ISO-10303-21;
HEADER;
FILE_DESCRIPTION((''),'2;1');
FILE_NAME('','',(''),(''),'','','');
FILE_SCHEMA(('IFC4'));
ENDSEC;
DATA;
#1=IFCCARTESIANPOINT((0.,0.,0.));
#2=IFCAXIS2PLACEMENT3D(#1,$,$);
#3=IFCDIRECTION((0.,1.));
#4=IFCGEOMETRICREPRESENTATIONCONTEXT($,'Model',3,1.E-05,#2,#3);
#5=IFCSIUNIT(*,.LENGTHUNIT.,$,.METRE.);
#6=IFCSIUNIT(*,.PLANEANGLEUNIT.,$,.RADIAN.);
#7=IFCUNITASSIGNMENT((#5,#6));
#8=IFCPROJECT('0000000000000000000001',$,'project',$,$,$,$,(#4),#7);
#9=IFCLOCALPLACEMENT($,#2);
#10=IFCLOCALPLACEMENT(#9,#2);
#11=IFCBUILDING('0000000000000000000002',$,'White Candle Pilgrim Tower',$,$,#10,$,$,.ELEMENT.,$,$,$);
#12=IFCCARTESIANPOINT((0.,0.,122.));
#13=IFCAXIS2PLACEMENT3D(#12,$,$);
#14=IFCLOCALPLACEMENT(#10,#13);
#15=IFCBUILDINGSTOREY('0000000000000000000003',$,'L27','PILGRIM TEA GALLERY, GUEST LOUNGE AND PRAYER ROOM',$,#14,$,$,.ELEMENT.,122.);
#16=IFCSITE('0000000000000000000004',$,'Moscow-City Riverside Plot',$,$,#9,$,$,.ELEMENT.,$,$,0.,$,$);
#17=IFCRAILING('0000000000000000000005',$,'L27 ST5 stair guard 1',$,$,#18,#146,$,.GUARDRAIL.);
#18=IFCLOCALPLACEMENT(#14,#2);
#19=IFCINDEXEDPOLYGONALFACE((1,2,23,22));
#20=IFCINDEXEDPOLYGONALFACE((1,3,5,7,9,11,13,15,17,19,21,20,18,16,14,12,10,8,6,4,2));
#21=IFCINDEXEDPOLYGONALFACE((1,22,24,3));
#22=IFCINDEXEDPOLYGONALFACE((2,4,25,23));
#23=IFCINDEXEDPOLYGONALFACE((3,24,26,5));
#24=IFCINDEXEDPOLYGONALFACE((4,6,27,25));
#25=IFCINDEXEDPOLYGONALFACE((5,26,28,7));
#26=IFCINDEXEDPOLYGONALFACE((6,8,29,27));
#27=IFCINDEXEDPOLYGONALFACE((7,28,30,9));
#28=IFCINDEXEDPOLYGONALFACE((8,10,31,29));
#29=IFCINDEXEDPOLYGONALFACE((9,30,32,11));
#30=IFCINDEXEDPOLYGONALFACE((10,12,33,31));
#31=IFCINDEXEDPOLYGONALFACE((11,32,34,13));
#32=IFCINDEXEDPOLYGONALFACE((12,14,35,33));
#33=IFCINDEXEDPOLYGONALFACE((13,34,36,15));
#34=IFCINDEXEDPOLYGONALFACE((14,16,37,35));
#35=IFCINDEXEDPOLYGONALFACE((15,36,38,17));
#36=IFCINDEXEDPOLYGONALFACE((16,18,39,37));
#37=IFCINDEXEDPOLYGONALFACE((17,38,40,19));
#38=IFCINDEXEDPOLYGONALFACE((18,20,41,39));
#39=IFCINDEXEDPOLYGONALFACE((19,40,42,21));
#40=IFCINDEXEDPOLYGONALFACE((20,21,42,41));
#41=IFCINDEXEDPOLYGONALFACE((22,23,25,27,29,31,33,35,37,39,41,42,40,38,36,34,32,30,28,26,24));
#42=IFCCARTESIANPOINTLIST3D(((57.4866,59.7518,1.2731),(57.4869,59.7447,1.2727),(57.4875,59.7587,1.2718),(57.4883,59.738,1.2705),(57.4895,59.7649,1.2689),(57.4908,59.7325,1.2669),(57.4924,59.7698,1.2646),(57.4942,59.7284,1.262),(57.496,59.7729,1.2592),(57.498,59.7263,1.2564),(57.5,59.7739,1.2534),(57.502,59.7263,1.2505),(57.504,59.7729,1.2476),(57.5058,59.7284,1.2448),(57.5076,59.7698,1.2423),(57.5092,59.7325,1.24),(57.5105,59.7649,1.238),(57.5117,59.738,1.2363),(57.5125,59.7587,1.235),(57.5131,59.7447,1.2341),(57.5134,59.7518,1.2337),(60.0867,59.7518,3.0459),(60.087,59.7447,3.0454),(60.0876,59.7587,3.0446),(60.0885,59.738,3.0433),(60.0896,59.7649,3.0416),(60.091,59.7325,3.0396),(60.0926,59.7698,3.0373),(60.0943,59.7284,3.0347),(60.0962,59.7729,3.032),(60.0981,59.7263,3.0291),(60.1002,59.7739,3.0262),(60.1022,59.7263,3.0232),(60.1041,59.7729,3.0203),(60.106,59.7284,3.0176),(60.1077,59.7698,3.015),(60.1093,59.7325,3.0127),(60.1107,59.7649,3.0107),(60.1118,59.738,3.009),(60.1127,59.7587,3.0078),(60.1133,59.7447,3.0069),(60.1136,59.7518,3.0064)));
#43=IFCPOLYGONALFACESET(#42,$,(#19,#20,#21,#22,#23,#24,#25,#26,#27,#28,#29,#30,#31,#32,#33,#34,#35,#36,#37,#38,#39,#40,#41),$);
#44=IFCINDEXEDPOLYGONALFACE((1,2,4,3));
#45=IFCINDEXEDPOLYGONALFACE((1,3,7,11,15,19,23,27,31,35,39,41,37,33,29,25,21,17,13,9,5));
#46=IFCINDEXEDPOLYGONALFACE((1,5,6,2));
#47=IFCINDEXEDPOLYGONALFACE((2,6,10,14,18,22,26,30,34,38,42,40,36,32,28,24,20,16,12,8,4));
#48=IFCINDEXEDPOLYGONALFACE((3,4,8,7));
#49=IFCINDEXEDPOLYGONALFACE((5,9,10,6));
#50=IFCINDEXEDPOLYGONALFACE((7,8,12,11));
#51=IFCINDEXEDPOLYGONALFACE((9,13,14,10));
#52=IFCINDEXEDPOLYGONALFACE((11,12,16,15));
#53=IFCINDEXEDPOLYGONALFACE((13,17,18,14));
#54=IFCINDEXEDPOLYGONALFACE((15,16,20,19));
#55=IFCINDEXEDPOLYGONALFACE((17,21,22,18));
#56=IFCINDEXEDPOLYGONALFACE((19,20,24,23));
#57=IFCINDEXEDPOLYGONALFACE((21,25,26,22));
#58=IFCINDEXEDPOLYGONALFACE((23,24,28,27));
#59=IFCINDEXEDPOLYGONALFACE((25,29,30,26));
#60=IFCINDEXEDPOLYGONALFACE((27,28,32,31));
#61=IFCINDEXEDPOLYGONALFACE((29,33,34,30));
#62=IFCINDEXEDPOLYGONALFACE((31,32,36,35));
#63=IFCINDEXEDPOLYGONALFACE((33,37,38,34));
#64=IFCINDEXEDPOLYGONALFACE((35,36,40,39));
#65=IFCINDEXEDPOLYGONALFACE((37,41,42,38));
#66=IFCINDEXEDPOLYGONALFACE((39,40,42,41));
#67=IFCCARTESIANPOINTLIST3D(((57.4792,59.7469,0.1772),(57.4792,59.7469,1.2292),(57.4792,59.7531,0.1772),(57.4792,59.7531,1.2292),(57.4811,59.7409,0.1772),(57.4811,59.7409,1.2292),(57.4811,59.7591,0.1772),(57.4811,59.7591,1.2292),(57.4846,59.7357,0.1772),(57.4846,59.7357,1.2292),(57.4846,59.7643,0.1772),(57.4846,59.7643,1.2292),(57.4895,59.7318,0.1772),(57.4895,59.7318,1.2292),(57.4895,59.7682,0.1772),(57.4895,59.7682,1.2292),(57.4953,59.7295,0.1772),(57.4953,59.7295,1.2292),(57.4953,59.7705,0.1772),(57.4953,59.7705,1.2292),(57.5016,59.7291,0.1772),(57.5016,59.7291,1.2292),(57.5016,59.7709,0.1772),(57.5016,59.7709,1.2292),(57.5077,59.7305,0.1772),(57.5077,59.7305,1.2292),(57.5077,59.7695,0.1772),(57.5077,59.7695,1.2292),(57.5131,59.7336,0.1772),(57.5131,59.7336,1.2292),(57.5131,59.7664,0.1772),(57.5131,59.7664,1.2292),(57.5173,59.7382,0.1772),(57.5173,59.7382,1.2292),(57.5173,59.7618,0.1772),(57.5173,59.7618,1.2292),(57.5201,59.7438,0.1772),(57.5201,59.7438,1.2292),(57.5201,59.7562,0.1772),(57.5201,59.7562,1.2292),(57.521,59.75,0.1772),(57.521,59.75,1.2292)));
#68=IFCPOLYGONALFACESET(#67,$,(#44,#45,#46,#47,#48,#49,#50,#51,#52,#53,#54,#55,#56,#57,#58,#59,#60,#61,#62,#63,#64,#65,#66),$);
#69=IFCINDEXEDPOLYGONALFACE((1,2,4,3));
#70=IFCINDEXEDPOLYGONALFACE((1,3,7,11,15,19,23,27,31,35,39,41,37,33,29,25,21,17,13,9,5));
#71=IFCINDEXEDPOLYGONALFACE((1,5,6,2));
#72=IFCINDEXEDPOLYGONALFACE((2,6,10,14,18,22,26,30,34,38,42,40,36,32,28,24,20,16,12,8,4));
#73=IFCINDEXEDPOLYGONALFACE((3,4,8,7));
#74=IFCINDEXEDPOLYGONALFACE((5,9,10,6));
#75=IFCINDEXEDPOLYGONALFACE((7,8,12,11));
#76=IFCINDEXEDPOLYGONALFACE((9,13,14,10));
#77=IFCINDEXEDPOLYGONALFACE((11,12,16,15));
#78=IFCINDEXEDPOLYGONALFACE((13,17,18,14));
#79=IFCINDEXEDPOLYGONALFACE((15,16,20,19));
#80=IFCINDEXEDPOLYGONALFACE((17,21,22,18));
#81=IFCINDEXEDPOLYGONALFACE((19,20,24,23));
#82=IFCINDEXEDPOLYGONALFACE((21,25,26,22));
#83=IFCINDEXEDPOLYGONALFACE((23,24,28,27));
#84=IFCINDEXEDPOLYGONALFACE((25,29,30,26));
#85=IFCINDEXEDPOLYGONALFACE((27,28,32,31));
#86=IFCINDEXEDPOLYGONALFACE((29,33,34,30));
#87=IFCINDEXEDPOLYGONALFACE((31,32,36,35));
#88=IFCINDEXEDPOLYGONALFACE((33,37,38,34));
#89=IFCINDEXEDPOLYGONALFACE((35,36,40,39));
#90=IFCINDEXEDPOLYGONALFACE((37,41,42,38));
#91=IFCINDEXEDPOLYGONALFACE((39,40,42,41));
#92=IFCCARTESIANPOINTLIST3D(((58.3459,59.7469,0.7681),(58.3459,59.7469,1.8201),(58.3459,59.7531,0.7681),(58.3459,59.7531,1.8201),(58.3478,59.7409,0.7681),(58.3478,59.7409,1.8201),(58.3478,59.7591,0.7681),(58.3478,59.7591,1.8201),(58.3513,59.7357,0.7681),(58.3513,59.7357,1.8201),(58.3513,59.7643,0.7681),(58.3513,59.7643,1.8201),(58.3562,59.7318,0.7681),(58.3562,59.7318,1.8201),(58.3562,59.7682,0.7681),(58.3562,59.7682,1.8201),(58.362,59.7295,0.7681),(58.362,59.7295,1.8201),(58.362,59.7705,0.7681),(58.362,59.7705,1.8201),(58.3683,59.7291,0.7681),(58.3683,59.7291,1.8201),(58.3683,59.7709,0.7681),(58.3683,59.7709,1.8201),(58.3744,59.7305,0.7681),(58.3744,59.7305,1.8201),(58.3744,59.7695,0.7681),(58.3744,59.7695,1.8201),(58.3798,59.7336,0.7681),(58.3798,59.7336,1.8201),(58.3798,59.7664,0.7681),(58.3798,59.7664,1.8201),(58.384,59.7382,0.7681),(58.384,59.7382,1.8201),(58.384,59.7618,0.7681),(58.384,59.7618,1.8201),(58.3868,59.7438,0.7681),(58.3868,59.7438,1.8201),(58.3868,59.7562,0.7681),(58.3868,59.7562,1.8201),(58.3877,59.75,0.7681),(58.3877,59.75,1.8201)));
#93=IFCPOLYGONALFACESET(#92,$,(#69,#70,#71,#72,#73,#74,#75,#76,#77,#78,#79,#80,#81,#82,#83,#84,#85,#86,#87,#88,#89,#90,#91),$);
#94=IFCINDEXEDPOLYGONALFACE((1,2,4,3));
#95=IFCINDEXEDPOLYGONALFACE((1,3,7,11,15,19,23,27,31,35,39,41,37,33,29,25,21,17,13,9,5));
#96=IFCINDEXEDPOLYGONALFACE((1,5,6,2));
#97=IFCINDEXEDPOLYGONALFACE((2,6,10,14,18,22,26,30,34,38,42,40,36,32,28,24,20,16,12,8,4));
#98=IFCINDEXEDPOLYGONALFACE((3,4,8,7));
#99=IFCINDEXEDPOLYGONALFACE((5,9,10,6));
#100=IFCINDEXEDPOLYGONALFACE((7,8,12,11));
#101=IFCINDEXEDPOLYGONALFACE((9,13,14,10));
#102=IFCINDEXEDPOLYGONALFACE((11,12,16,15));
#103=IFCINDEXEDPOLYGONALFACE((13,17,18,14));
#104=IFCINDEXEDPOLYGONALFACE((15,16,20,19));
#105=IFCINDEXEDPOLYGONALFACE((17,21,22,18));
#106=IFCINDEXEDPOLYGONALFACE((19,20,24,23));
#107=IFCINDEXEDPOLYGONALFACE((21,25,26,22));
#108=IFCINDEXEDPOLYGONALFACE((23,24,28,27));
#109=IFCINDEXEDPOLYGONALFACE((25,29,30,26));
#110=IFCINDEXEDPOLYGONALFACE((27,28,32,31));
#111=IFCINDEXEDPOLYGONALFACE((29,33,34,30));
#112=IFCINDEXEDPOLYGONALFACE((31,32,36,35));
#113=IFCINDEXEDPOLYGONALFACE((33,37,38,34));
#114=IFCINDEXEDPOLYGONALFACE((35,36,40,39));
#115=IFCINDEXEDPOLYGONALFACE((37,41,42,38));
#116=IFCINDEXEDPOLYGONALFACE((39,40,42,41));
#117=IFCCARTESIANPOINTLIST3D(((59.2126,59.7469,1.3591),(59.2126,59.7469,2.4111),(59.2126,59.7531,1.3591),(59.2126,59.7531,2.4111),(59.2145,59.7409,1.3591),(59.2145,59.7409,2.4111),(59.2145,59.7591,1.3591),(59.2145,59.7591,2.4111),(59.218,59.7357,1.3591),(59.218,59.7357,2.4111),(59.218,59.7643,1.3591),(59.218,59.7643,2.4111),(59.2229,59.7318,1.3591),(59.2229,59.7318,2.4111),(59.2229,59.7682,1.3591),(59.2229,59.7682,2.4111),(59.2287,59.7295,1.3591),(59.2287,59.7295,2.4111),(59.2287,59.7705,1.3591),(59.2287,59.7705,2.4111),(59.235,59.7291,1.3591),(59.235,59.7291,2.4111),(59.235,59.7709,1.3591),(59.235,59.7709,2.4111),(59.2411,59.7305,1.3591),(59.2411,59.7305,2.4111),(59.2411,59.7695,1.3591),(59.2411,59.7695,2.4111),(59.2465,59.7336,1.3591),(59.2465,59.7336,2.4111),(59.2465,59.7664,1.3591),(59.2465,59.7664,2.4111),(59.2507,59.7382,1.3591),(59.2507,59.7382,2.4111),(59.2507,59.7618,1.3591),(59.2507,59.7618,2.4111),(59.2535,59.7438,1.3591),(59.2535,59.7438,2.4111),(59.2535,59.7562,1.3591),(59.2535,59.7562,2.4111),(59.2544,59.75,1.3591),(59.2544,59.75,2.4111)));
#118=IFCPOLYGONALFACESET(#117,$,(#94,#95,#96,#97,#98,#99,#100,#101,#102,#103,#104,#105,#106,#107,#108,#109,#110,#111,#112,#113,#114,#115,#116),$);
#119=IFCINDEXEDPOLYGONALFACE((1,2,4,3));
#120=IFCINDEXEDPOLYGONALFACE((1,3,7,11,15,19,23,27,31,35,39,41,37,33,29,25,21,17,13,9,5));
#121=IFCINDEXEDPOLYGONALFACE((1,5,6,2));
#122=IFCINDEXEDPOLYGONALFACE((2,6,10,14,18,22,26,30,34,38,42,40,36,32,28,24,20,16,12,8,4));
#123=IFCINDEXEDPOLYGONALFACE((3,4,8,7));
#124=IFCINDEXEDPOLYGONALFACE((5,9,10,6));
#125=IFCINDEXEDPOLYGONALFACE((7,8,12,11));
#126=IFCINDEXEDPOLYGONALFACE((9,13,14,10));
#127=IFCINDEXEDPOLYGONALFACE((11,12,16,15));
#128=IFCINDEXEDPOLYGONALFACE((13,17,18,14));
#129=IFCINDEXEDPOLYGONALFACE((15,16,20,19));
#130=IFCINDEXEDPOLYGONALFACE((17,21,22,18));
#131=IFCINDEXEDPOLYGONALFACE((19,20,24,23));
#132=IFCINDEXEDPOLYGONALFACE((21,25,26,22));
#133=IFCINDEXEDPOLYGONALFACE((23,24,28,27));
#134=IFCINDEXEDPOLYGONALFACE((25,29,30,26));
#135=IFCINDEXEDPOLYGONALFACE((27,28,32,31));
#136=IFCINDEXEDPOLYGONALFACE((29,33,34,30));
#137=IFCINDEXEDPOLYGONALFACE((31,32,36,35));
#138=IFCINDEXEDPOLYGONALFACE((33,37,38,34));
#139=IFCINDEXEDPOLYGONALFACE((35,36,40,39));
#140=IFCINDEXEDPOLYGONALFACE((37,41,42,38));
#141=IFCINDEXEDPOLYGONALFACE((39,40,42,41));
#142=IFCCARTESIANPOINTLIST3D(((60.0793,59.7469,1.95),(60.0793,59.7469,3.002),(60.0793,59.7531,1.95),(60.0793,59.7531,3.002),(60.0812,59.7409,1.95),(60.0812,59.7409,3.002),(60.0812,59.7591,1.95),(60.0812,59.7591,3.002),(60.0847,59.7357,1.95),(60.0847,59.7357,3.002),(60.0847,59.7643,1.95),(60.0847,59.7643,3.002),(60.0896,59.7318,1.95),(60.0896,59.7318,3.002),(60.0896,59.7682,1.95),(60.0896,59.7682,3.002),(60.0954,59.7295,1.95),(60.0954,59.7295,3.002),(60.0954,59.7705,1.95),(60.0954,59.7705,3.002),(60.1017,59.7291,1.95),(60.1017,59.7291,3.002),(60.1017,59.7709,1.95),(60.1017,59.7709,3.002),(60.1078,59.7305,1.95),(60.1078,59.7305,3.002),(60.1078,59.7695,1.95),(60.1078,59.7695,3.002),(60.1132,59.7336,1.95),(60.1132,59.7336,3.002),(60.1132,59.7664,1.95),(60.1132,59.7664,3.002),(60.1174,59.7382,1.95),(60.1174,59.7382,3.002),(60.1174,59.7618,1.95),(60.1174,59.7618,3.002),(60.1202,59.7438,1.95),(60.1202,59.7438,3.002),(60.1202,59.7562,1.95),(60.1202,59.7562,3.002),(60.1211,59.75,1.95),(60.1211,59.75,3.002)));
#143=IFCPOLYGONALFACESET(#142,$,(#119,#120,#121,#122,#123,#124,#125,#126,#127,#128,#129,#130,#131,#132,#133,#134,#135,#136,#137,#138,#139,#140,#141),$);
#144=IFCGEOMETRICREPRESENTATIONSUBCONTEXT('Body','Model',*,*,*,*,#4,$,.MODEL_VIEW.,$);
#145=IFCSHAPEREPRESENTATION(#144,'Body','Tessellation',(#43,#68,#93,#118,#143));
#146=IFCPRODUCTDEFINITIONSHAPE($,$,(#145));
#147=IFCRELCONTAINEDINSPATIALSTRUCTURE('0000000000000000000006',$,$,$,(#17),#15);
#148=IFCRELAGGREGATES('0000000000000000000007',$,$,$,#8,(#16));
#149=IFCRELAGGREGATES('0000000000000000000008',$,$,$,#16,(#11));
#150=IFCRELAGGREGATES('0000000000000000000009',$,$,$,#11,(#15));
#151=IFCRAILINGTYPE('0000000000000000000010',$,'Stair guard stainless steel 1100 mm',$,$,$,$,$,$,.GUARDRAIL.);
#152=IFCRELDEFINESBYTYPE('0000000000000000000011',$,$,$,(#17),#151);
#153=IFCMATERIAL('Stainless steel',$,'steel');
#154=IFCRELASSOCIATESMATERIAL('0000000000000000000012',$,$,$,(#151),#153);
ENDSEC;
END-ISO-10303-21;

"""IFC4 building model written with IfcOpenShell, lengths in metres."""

from ifc_helpers import new_model, si_unit, direction, frame, origin, origin_2d, place, context, subcontext, project, spatial, circle, extrude, material, type_object, element, save


model = new_model("IFC4")

# Units and contexts
model_context = context("Model", 3, precision=1e-05, world=origin(), true_north=direction((0.0, 1.0)))
body_context = subcontext(model_context, "Body", "Model", "MODEL_VIEW")
ifc_project = project(units=[si_unit("LENGTHUNIT", "METRE"), si_unit("PLANEANGLEUNIT", "RADIAN")], contexts=[model_context])

# Site, building, storey
site_placement = place(None, origin())
site = spatial("IfcSite", under=ifc_project, at=site_placement, Name="Moscow-City Riverside Plot", CompositionType="ELEMENT", RefElevation=0.0)
building_placement = place(site_placement, origin())
building = spatial("IfcBuilding", under=site, at=building_placement, Name="White Candle Pilgrim Tower", CompositionType="ELEMENT")
storey_placement = place(building_placement, frame((0.0, 0.0, 122.0)))
storey = spatial("IfcBuildingStorey", under=building, at=storey_placement, Name="L27", Description="PILGRIM TEA GALLERY, GUEST LOUNGE AND PRAYER ROOM", CompositionType="ELEMENT", Elevation=122.0)

# Railing
ifc_material_1 = material(Name="Stainless steel", Category="steel")
railing_type_1 = type_object("IfcRailingType", Name="Stair guard stainless steel 1100 mm", PredefinedType="GUARDRAIL", material=ifc_material_1)
railing_1_placement = place(storey_placement, frame((57.5, 59.75, 0.1772)))
element("IfcRailing", 1, at=railing_1_placement, inside=storey, type_object=railing_type_1, Name="L27 ST5 stair guard 1", PredefinedType="GUARDRAIL", context=body_context, shape_type="SweptSolid", body=[
    extrude(circle(Radius=0.0239, at=origin_2d()), frame((0.0, 0.0, 1.0762), z_axis=(0.82624, 0.0, 0.563318), x_axis=(0.0, 1.0, 0.0)), (0.0, 0.0, 1.0), 3.147),
    extrude(circle(Radius=0.021, at=origin_2d()), origin(), (0.0, 0.0, 1.0), 1.052),
    extrude(circle(Radius=0.021, at=origin_2d()), frame((0.8667, 0.0, 0.5908)), (0.0, 0.0, 1.0), 1.052),
    extrude(circle(Radius=0.021, at=origin_2d()), frame((1.7334, 0.0, 1.1819)), (0.0, 0.0, 1.0), 1.052),
    extrude(circle(Radius=0.021, at=origin_2d()), frame((2.6001, 0.0, 1.7727)), (0.0, 0.0, 1.0), 1.052),
])

save(model, "model.ifc")
